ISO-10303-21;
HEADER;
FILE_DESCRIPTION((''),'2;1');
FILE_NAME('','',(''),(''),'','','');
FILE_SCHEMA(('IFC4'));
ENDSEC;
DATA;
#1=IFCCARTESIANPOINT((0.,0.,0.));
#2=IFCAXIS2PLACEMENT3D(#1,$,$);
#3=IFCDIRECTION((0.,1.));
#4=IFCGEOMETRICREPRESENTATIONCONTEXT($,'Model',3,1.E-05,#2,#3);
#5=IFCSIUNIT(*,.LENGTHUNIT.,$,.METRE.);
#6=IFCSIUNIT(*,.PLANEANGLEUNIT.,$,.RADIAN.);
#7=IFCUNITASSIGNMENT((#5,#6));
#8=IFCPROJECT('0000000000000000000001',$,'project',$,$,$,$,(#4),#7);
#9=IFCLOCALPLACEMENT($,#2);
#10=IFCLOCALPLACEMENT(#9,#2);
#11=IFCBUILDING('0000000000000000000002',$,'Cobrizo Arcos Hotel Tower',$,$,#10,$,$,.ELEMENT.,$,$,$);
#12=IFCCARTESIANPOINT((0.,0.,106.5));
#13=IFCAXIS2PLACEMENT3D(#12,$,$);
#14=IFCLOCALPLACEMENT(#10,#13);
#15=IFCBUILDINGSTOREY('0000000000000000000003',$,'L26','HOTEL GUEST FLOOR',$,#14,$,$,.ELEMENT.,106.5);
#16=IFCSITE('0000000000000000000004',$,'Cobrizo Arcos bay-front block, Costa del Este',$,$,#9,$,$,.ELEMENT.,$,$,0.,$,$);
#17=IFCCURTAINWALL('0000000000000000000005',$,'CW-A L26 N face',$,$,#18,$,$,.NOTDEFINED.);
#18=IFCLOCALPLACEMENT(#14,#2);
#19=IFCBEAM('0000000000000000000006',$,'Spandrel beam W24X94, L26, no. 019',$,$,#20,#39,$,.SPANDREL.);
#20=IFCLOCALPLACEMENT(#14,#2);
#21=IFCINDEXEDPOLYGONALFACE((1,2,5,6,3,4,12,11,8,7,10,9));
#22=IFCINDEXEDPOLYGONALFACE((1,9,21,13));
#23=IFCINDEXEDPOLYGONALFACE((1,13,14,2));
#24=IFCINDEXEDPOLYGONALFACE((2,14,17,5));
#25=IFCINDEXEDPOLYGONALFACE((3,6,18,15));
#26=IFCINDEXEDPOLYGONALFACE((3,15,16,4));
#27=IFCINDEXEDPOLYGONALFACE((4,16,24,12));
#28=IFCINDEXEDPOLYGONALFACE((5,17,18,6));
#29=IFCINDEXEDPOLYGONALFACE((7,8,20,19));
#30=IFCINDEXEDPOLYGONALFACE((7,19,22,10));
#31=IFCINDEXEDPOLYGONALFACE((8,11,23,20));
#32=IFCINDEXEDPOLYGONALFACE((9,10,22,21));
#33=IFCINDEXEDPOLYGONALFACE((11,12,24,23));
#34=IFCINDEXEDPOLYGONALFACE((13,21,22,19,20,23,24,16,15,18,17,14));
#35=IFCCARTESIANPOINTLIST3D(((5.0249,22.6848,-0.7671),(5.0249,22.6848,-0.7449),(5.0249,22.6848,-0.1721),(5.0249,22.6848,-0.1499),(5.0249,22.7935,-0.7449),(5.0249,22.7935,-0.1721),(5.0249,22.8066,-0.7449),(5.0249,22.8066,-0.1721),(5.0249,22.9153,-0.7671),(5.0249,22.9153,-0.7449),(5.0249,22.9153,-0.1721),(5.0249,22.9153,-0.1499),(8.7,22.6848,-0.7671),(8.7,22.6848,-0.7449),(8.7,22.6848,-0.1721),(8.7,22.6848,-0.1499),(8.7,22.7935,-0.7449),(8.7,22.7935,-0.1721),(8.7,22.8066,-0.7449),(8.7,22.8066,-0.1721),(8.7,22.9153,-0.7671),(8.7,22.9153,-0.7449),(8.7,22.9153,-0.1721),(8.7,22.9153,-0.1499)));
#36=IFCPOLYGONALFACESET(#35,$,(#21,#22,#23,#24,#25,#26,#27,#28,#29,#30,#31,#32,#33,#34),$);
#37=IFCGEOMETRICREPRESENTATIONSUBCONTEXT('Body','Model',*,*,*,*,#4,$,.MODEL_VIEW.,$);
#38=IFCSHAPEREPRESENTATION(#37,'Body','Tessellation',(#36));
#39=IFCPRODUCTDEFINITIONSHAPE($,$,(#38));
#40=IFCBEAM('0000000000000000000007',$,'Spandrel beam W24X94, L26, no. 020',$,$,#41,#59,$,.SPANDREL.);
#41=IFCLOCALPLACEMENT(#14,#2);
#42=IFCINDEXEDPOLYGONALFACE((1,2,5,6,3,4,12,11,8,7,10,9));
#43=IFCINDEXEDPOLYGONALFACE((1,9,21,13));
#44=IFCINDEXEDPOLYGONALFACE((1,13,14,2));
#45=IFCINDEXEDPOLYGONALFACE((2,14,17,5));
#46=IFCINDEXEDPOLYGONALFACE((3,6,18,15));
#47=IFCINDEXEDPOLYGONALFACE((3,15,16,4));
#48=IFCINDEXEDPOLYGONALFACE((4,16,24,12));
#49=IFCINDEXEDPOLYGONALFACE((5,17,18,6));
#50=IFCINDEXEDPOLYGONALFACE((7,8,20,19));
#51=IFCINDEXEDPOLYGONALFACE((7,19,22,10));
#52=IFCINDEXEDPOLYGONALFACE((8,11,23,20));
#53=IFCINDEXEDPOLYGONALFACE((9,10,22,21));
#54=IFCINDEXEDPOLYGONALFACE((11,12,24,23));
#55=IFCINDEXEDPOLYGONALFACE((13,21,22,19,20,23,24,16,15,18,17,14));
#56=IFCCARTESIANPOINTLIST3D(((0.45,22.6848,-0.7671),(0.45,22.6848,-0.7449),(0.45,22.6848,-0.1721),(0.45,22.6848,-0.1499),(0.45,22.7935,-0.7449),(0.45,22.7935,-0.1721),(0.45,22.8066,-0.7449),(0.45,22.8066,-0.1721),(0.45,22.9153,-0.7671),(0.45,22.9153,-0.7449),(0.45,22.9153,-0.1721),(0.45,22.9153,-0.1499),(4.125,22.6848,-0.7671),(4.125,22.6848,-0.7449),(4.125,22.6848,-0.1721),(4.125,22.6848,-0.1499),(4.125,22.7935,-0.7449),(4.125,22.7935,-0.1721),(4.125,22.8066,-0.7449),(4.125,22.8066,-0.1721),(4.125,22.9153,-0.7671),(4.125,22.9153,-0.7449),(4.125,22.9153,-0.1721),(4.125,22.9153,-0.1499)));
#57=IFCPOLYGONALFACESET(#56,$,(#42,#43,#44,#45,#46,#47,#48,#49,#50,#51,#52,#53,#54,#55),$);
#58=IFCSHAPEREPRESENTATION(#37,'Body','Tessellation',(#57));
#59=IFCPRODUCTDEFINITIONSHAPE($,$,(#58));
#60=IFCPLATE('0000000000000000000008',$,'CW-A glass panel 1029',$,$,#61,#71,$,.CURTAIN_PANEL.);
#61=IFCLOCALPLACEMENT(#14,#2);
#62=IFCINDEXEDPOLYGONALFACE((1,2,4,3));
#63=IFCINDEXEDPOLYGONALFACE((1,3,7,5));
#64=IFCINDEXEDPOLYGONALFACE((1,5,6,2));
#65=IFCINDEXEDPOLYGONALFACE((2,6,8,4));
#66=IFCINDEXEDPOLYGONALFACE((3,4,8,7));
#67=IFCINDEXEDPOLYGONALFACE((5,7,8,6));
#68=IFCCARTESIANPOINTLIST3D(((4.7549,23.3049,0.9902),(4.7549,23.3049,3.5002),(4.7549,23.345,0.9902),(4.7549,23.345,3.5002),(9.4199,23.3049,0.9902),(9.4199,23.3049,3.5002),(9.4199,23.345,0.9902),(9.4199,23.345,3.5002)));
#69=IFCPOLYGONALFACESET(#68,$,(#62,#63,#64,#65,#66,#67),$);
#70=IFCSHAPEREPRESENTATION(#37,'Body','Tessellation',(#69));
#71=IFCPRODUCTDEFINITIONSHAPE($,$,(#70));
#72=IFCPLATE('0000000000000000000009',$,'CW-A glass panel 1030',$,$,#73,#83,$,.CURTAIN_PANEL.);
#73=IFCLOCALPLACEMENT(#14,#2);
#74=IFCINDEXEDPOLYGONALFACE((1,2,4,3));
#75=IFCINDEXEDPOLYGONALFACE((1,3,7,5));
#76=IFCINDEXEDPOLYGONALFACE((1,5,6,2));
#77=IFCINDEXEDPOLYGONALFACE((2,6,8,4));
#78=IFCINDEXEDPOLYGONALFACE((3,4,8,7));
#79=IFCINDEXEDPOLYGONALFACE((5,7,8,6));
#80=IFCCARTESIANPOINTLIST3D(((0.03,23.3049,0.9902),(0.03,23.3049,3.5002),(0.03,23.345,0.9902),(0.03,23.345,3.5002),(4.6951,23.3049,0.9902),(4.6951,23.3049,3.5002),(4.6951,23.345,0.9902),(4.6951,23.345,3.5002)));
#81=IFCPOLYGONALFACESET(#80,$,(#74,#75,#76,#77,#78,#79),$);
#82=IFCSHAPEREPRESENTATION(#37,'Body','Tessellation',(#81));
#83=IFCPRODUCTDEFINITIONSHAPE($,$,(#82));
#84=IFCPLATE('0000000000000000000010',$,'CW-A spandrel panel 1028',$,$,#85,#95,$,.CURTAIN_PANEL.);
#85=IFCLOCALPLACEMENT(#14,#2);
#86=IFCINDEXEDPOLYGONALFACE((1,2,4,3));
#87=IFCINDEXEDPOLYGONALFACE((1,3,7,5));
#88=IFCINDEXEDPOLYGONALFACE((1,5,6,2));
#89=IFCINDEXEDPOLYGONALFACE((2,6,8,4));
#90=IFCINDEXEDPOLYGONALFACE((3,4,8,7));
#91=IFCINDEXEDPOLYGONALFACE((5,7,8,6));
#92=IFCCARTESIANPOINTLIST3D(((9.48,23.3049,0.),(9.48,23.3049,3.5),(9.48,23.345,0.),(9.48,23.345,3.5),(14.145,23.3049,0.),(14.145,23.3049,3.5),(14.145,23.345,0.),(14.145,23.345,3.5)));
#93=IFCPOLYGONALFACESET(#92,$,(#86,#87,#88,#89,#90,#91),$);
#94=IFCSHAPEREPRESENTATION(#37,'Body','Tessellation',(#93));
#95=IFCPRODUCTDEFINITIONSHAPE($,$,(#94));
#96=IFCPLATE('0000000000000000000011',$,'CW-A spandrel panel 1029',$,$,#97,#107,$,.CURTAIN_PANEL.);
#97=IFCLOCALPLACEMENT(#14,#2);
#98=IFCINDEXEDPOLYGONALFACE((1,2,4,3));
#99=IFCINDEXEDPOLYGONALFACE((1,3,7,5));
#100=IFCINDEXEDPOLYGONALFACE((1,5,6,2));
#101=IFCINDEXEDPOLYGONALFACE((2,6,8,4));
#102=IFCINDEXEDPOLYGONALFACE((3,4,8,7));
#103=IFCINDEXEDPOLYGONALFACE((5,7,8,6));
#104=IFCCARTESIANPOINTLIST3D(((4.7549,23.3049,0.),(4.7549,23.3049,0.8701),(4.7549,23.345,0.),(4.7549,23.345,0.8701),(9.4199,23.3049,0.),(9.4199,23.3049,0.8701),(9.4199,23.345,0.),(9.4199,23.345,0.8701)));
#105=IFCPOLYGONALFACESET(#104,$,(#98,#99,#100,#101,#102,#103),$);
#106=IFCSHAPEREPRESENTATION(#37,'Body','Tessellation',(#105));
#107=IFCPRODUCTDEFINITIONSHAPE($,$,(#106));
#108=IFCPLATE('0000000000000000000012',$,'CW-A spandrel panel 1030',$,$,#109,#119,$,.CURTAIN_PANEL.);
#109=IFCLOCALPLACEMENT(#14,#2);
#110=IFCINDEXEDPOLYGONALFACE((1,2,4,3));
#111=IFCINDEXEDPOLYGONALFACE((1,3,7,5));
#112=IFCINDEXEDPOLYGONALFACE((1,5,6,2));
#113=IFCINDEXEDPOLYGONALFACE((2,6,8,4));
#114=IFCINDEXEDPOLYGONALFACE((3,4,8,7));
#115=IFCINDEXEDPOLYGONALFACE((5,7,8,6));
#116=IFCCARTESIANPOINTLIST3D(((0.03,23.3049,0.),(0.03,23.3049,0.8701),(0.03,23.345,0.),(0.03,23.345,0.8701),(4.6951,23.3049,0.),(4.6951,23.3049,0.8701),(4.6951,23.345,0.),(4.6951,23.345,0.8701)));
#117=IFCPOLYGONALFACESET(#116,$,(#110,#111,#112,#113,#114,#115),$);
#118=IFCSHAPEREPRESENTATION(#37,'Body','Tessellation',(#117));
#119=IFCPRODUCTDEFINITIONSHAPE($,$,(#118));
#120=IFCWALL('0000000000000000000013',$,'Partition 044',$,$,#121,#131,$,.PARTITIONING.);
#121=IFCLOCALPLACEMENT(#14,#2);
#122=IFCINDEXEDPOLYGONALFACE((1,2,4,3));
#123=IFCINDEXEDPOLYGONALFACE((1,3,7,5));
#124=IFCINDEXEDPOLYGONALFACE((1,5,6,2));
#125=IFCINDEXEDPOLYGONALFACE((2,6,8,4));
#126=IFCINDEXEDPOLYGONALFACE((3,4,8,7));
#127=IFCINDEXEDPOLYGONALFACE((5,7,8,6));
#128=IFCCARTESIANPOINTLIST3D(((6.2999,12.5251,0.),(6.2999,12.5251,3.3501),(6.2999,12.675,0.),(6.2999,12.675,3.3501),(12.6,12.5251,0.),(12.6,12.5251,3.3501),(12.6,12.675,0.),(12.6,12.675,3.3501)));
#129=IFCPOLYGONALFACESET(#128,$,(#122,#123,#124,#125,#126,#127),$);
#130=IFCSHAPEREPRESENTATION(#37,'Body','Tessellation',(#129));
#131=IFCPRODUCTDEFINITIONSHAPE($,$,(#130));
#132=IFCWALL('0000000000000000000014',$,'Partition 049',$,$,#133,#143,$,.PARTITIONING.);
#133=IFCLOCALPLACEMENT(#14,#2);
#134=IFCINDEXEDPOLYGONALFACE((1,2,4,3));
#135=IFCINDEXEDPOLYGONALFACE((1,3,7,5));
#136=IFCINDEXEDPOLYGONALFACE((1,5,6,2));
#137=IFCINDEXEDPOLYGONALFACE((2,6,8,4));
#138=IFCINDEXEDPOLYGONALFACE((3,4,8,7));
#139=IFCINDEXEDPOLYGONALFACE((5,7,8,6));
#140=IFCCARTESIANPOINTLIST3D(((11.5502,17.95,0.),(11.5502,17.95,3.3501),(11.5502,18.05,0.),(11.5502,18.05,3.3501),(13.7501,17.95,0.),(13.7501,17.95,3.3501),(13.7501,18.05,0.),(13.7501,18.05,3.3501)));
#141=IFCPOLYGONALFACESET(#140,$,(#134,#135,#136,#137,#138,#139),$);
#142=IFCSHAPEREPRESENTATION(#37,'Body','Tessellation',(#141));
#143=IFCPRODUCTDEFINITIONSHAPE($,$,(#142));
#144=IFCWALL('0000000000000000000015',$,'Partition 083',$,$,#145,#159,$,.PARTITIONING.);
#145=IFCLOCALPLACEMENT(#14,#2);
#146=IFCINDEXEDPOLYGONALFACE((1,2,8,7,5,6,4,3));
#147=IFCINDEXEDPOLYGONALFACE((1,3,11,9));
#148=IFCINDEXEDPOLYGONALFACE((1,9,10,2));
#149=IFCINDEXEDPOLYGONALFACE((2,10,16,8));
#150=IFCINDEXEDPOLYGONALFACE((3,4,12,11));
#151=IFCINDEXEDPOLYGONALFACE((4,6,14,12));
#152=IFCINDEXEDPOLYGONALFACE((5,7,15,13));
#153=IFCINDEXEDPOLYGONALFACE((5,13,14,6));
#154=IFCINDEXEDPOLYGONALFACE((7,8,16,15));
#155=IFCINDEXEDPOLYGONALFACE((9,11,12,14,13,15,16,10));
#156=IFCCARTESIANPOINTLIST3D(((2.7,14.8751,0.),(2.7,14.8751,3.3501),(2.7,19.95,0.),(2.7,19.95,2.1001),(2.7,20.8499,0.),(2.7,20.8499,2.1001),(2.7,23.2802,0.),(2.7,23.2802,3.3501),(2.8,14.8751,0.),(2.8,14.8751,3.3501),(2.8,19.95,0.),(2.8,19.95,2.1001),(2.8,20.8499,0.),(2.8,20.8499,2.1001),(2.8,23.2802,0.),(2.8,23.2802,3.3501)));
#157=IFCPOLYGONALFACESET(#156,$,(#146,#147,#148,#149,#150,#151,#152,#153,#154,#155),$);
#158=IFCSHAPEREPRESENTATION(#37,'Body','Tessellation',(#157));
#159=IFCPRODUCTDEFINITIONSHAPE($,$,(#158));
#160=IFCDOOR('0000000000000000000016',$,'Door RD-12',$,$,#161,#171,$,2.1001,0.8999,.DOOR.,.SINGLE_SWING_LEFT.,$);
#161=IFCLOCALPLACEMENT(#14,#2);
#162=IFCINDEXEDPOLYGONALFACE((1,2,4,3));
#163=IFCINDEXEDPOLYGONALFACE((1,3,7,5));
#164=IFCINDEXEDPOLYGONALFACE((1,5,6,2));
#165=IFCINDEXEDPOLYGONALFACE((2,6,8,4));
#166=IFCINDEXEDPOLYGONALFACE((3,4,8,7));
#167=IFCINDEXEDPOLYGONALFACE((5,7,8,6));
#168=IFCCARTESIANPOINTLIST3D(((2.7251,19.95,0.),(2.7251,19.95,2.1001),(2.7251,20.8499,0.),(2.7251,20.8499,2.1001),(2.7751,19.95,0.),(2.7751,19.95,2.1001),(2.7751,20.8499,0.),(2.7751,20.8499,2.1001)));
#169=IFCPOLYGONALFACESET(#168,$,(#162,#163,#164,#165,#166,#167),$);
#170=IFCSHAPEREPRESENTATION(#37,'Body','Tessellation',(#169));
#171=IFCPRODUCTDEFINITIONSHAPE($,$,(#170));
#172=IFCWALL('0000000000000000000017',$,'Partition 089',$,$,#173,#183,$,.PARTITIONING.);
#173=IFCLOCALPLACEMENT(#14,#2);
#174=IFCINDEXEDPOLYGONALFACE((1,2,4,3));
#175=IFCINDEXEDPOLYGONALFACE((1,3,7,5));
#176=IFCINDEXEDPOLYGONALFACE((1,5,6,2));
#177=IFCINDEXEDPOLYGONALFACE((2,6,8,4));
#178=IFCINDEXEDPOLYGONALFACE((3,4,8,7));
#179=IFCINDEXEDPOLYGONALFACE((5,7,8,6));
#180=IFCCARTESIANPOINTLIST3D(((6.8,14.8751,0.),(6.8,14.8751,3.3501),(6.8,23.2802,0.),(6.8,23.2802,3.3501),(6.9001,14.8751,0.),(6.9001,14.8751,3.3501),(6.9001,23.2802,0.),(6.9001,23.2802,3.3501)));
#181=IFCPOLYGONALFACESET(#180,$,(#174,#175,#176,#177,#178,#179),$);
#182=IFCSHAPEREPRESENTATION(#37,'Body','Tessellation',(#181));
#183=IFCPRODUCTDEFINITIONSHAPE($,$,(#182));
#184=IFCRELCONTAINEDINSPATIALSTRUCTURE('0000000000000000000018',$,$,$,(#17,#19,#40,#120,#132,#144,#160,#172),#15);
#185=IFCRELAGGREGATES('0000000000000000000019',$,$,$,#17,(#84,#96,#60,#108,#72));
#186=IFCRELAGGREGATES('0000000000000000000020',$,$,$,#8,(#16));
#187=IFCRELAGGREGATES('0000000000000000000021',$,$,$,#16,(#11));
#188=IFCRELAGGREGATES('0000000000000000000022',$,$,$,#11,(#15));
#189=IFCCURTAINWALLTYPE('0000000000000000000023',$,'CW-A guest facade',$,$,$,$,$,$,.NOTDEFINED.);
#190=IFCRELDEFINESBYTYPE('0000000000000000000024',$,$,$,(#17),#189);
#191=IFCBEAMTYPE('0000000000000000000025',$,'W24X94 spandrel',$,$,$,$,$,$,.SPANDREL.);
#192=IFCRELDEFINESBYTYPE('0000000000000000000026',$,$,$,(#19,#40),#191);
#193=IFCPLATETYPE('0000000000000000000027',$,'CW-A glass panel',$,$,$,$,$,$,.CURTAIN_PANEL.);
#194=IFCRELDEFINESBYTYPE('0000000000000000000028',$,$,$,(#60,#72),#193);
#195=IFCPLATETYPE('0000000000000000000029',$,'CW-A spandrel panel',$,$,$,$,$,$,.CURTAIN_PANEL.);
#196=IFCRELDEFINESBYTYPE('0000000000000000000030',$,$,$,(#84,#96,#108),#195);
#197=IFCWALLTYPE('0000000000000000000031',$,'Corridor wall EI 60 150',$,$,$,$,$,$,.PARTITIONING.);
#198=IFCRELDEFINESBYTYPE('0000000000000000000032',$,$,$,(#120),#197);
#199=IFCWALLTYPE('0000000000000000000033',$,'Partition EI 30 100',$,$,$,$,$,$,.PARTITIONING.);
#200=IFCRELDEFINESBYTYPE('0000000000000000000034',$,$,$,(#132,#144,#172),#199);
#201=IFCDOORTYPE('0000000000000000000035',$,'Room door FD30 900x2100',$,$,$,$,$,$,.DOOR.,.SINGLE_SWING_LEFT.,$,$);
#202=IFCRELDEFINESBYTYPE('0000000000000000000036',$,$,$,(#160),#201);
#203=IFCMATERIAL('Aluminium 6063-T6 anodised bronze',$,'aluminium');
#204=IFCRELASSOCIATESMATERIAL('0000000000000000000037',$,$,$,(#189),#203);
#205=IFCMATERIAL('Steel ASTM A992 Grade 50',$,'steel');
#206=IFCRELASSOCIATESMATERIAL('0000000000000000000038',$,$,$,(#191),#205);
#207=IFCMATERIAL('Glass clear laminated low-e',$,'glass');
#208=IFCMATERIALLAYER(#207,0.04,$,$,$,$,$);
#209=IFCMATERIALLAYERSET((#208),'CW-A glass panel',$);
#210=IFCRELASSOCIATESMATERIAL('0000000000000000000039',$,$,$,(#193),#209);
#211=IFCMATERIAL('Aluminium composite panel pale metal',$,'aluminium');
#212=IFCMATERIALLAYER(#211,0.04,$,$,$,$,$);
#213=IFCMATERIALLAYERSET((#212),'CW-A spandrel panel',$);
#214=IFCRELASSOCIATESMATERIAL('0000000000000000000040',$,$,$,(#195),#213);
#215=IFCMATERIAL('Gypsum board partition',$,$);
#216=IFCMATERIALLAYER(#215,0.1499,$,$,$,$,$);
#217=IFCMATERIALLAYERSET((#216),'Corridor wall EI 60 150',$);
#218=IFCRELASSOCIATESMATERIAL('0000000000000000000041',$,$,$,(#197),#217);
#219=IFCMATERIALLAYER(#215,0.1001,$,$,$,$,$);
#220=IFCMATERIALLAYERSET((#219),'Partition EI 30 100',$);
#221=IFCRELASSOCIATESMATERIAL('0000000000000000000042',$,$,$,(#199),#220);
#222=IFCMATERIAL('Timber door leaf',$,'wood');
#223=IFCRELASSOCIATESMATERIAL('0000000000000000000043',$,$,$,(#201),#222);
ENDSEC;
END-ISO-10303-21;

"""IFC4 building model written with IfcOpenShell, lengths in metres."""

from ifc_helpers import new_model, si_unit, direction, frame, frame_2d, origin, origin_2d, place, context, subcontext, project, spatial, rectangle, i_section, extrude, material, layer, layer_set, material_profile, profile_set, type_object, element, fill, aggregate, save


model = new_model("IFC4")

# Units and contexts
model_context = context("Model", 3, precision=1e-05, world=origin(), true_north=direction((0.0, 1.0)))
body_context = subcontext(model_context, "Body", "Model", "MODEL_VIEW")
ifc_project = project(units=[si_unit("LENGTHUNIT", "METRE"), si_unit("PLANEANGLEUNIT", "RADIAN")], contexts=[model_context])

# Site, building, storey
site_placement = place(None, origin())
site = spatial("IfcSite", under=ifc_project, at=site_placement, Name="Cobrizo Arcos bay-front block, Costa del Este", CompositionType="ELEMENT", RefElevation=0.0)
building_placement = place(site_placement, origin())
building = spatial("IfcBuilding", under=site, at=building_placement, Name="Cobrizo Arcos Hotel Tower", CompositionType="ELEMENT")
storey_placement = place(building_placement, frame((0.0, 0.0, 106.5)))
storey = spatial("IfcBuildingStorey", under=building, at=storey_placement, Name="L26", Description="HOTEL GUEST FLOOR", CompositionType="ELEMENT", Elevation=106.5)

# Curtain wall
ifc_material_1 = material(Name="Aluminium 6063-T6 anodised bronze", Category="aluminium")
curtain_wall_type = type_object("IfcCurtainWallType", Name="CW-A guest facade", PredefinedType="NOTDEFINED", material=ifc_material_1)
curtain_wall_placement = place(storey_placement, origin())
curtain_wall = element("IfcCurtainWall", 1, at=curtain_wall_placement, inside=storey, type_object=curtain_wall_type, Name="CW-A L26 N face", PredefinedType="NOTDEFINED")

# Beams
ifc_material_2 = material(Name="Steel ASTM A992 Grade 50", Category="steel")
ifc_material_profile_1 = material_profile(ifc_material_2, i_section(OverallWidth=0.2305, OverallDepth=0.6172, WebThickness=0.0132, FlangeThickness=0.0222, at=origin_2d()), Name="W24X94")
ifc_profile_set_1 = profile_set([ifc_material_profile_1], Name="Steel ASTM A992 Grade 50")
beam_type_1 = type_object("IfcBeamType", Name="W24X94 spandrel", PredefinedType="SPANDREL", material=ifc_profile_set_1)
for number, where, z_axis, x_axis, name in (
    (2, (8.7, 22.8, -0.4585), (-1.0, 0.0, 0.0), (0.0, -1.0, 0.0), "Spandrel beam W24X94, L26, no. 019"),
    (3, (4.125, 22.8, -0.4585), (-1.0, 0.0, 0.0), (0.0, -1.0, 0.0), "Spandrel beam W24X94, L26, no. 020"),
):
    element("IfcBeam", number, at=place(storey_placement, frame(where, z_axis=z_axis, x_axis=x_axis)), inside=storey, type_object=beam_type_1, Name=name, PredefinedType="SPANDREL", context=body_context, shape_type="SweptSolid", body=[
        extrude(i_section(OverallWidth=0.2305, OverallDepth=0.6172, WebThickness=0.0132, FlangeThickness=0.0222, at=origin_2d()), origin(), (0.0, 0.0, 1.0), 3.675),
    ])

# Plates
ifc_material_3 = material(Name="Glass clear laminated low-e", Category="glass")
ifc_layer_1 = layer(ifc_material_3, 0.04)
ifc_layer_set_1 = layer_set([ifc_layer_1], Name="CW-A glass panel")
plate_type_1 = type_object("IfcPlateType", Name="CW-A glass panel", PredefinedType="CURTAIN_PANEL", material=ifc_layer_set_1)
plate_1_placement = place(storey_placement, frame((7.0874, 23.325, 0.9902), z_axis=(0.0, 0.0, 1.0), x_axis=(-1.0, 0.0, 0.0)))
plate_1 = element("IfcPlate", 4, at=plate_1_placement, type_object=plate_type_1, Name="CW-A glass panel 1029", PredefinedType="CURTAIN_PANEL", context=body_context, shape_type="SweptSolid", body=[
    extrude(rectangle(XDim=4.665, YDim=0.04, at=origin_2d()), origin(), (0.0, 0.0, 1.0), 2.51),
])
plate_2_placement = place(storey_placement, frame((2.3625, 23.325, 0.9902), z_axis=(0.0, 0.0, 1.0), x_axis=(-1.0, 0.0, 0.0)))
plate_2 = element("IfcPlate", 5, at=plate_2_placement, type_object=plate_type_1, Name="CW-A glass panel 1030", PredefinedType="CURTAIN_PANEL", context=body_context, shape_type="SweptSolid", body=[
    extrude(rectangle(XDim=4.665, YDim=0.04, at=origin_2d()), origin(), (0.0, 0.0, 1.0), 2.51),
])
ifc_material_4 = material(Name="Aluminium composite panel pale metal", Category="aluminium")
ifc_layer_2 = layer(ifc_material_4, 0.04)
ifc_layer_set_2 = layer_set([ifc_layer_2], Name="CW-A spandrel panel")
plate_type_2 = type_object("IfcPlateType", Name="CW-A spandrel panel", PredefinedType="CURTAIN_PANEL", material=ifc_layer_set_2)
plate_3_placement = place(storey_placement, frame((11.8125, 23.325, 0.0), z_axis=(0.0, 0.0, 1.0), x_axis=(-1.0, 0.0, 0.0)))
plate_3 = element("IfcPlate", 6, at=plate_3_placement, type_object=plate_type_2, Name="CW-A spandrel panel 1028", PredefinedType="CURTAIN_PANEL", context=body_context, shape_type="SweptSolid", body=[
    extrude(rectangle(XDim=4.665, YDim=0.04, at=origin_2d()), origin(), (0.0, 0.0, 1.0), 3.5),
])
plate_4_placement = place(storey_placement, frame((7.0874, 23.325, 0.0), z_axis=(0.0, 0.0, 1.0), x_axis=(-1.0, 0.0, 0.0)))
plate_4 = element("IfcPlate", 7, at=plate_4_placement, type_object=plate_type_2, Name="CW-A spandrel panel 1029", PredefinedType="CURTAIN_PANEL", context=body_context, shape_type="SweptSolid", body=[
    extrude(rectangle(XDim=4.665, YDim=0.04, at=origin_2d()), origin(), (0.0, 0.0, 1.0), 0.8701),
])
plate_5_placement = place(storey_placement, frame((2.3625, 23.325, 0.0), z_axis=(0.0, 0.0, 1.0), x_axis=(-1.0, 0.0, 0.0)))
plate_5 = element("IfcPlate", 8, at=plate_5_placement, type_object=plate_type_2, Name="CW-A spandrel panel 1030", PredefinedType="CURTAIN_PANEL", context=body_context, shape_type="SweptSolid", body=[
    extrude(rectangle(XDim=4.665, YDim=0.04, at=origin_2d()), origin(), (0.0, 0.0, 1.0), 0.8701),
])
aggregate(curtain_wall, [plate_3, plate_4, plate_1, plate_5, plate_2])

# Walls
ifc_material_5 = material(Name="Gypsum board partition")
ifc_layer_3 = layer(ifc_material_5, 0.1499)
ifc_layer_set_3 = layer_set([ifc_layer_3], Name="Corridor wall EI 60 150")
wall_type_1 = type_object("IfcWallType", Name="Corridor wall EI 60 150", PredefinedType="PARTITIONING", material=ifc_layer_set_3)
wall_1_placement = place(storey_placement, frame((6.3, 12.6001, 0.0), z_axis=(0.0, 0.0, 1.0), x_axis=(1.0, 0.0, 0.0)))
element("IfcWall", 9, at=wall_1_placement, inside=storey, type_object=wall_type_1, Name="Partition 044", PredefinedType="PARTITIONING", context=body_context, shape_type="SweptSolid", body=[
    extrude(rectangle(XDim=6.3, YDim=0.1499, at=frame_2d((3.1499, 0.0))), origin(), (0.0, 0.0, 1.0), 3.3501),
])
ifc_layer_4 = layer(ifc_material_5, 0.1001)
ifc_layer_set_4 = layer_set([ifc_layer_4], Name="Partition EI 30 100")
wall_type_2 = type_object("IfcWallType", Name="Partition EI 30 100", PredefinedType="PARTITIONING", material=ifc_layer_set_4)
wall_2_placement = place(storey_placement, frame((11.55, 18.0, 0.0), z_axis=(0.0, 0.0, 1.0), x_axis=(1.0, 0.0, 0.0)))
element("IfcWall", 10, at=wall_2_placement, inside=storey, type_object=wall_type_2, Name="Partition 049", PredefinedType="PARTITIONING", context=body_context, shape_type="SweptSolid", body=[
    extrude(rectangle(XDim=2.2, YDim=0.1001, at=frame_2d((1.1001, 0.0))), origin(), (0.0, 0.0, 1.0), 3.3501),
])

# Wall, opening, door
wall_3_placement = place(storey_placement, frame((2.75, 14.875, 0.0), z_axis=(0.0, 0.0, 1.0), x_axis=(0.0, 1.0, 0.0)))
wall_3 = element("IfcWall", 11, at=wall_3_placement, inside=storey, type_object=wall_type_2, Name="Partition 083", PredefinedType="PARTITIONING", context=body_context, shape_type="SweptSolid", body=[
    extrude(rectangle(XDim=8.405, YDim=0.1001, at=frame_2d((4.2026, 0.0))), origin(), (0.0, 0.0, 1.0), 3.3501),
])
opening_1_placement = place(wall_3_placement, frame((5.075, 0.0, 0.0)))
opening_1 = element("IfcOpeningElement", 12, at=opening_1_placement, cuts=wall_3, PredefinedType="OPENING", context=body_context, shape_type="SweptSolid", body=[
    extrude(rectangle(XDim=0.8999, YDim=2.1001, at=frame_2d((0.45, 1.05))), frame((0.0, 0.062, 0.0), z_axis=(0.0, -1.0, 0.0), x_axis=(1.0, 0.0, 0.0)), (0.0, 0.0, 1.0), 0.124),
])
ifc_material_6 = material(Name="Timber door leaf", Category="wood")
door_type_1 = type_object("IfcDoorType", Name="Room door FD30 900x2100", OperationType="SINGLE_SWING_LEFT", PredefinedType="DOOR", material=ifc_material_6)
door_1_placement = place(opening_1_placement, origin())
door_1 = element("IfcDoor", 13, at=door_1_placement, inside=storey, type_object=door_type_1, Name="Door RD-12", OperationType="SINGLE_SWING_LEFT", OverallHeight=2.1001, OverallWidth=0.8999, PredefinedType="DOOR", context=body_context, shape_type="SweptSolid", body=[
    extrude(rectangle(XDim=0.8999, YDim=2.1001, at=frame_2d((0.45, 1.05))), frame((0.0, 0.0249, 0.0), z_axis=(0.0, -1.0, 0.0), x_axis=(1.0, 0.0, 0.0)), (0.0, 0.0, 1.0), 0.05),
])
fill(opening_1, door_1)

# Wall
wall_4_placement = place(storey_placement, frame((6.8501, 14.875, 0.0), z_axis=(0.0, 0.0, 1.0), x_axis=(0.0, 1.0, 0.0)))
element("IfcWall", 14, at=wall_4_placement, inside=storey, type_object=wall_type_2, Name="Partition 089", PredefinedType="PARTITIONING", context=body_context, shape_type="SweptSolid", body=[
    extrude(rectangle(XDim=8.405, YDim=0.1001, at=frame_2d((4.2026, 0.0))), origin(), (0.0, 0.0, 1.0), 3.3501),
])

save(model, "model.ifc")
